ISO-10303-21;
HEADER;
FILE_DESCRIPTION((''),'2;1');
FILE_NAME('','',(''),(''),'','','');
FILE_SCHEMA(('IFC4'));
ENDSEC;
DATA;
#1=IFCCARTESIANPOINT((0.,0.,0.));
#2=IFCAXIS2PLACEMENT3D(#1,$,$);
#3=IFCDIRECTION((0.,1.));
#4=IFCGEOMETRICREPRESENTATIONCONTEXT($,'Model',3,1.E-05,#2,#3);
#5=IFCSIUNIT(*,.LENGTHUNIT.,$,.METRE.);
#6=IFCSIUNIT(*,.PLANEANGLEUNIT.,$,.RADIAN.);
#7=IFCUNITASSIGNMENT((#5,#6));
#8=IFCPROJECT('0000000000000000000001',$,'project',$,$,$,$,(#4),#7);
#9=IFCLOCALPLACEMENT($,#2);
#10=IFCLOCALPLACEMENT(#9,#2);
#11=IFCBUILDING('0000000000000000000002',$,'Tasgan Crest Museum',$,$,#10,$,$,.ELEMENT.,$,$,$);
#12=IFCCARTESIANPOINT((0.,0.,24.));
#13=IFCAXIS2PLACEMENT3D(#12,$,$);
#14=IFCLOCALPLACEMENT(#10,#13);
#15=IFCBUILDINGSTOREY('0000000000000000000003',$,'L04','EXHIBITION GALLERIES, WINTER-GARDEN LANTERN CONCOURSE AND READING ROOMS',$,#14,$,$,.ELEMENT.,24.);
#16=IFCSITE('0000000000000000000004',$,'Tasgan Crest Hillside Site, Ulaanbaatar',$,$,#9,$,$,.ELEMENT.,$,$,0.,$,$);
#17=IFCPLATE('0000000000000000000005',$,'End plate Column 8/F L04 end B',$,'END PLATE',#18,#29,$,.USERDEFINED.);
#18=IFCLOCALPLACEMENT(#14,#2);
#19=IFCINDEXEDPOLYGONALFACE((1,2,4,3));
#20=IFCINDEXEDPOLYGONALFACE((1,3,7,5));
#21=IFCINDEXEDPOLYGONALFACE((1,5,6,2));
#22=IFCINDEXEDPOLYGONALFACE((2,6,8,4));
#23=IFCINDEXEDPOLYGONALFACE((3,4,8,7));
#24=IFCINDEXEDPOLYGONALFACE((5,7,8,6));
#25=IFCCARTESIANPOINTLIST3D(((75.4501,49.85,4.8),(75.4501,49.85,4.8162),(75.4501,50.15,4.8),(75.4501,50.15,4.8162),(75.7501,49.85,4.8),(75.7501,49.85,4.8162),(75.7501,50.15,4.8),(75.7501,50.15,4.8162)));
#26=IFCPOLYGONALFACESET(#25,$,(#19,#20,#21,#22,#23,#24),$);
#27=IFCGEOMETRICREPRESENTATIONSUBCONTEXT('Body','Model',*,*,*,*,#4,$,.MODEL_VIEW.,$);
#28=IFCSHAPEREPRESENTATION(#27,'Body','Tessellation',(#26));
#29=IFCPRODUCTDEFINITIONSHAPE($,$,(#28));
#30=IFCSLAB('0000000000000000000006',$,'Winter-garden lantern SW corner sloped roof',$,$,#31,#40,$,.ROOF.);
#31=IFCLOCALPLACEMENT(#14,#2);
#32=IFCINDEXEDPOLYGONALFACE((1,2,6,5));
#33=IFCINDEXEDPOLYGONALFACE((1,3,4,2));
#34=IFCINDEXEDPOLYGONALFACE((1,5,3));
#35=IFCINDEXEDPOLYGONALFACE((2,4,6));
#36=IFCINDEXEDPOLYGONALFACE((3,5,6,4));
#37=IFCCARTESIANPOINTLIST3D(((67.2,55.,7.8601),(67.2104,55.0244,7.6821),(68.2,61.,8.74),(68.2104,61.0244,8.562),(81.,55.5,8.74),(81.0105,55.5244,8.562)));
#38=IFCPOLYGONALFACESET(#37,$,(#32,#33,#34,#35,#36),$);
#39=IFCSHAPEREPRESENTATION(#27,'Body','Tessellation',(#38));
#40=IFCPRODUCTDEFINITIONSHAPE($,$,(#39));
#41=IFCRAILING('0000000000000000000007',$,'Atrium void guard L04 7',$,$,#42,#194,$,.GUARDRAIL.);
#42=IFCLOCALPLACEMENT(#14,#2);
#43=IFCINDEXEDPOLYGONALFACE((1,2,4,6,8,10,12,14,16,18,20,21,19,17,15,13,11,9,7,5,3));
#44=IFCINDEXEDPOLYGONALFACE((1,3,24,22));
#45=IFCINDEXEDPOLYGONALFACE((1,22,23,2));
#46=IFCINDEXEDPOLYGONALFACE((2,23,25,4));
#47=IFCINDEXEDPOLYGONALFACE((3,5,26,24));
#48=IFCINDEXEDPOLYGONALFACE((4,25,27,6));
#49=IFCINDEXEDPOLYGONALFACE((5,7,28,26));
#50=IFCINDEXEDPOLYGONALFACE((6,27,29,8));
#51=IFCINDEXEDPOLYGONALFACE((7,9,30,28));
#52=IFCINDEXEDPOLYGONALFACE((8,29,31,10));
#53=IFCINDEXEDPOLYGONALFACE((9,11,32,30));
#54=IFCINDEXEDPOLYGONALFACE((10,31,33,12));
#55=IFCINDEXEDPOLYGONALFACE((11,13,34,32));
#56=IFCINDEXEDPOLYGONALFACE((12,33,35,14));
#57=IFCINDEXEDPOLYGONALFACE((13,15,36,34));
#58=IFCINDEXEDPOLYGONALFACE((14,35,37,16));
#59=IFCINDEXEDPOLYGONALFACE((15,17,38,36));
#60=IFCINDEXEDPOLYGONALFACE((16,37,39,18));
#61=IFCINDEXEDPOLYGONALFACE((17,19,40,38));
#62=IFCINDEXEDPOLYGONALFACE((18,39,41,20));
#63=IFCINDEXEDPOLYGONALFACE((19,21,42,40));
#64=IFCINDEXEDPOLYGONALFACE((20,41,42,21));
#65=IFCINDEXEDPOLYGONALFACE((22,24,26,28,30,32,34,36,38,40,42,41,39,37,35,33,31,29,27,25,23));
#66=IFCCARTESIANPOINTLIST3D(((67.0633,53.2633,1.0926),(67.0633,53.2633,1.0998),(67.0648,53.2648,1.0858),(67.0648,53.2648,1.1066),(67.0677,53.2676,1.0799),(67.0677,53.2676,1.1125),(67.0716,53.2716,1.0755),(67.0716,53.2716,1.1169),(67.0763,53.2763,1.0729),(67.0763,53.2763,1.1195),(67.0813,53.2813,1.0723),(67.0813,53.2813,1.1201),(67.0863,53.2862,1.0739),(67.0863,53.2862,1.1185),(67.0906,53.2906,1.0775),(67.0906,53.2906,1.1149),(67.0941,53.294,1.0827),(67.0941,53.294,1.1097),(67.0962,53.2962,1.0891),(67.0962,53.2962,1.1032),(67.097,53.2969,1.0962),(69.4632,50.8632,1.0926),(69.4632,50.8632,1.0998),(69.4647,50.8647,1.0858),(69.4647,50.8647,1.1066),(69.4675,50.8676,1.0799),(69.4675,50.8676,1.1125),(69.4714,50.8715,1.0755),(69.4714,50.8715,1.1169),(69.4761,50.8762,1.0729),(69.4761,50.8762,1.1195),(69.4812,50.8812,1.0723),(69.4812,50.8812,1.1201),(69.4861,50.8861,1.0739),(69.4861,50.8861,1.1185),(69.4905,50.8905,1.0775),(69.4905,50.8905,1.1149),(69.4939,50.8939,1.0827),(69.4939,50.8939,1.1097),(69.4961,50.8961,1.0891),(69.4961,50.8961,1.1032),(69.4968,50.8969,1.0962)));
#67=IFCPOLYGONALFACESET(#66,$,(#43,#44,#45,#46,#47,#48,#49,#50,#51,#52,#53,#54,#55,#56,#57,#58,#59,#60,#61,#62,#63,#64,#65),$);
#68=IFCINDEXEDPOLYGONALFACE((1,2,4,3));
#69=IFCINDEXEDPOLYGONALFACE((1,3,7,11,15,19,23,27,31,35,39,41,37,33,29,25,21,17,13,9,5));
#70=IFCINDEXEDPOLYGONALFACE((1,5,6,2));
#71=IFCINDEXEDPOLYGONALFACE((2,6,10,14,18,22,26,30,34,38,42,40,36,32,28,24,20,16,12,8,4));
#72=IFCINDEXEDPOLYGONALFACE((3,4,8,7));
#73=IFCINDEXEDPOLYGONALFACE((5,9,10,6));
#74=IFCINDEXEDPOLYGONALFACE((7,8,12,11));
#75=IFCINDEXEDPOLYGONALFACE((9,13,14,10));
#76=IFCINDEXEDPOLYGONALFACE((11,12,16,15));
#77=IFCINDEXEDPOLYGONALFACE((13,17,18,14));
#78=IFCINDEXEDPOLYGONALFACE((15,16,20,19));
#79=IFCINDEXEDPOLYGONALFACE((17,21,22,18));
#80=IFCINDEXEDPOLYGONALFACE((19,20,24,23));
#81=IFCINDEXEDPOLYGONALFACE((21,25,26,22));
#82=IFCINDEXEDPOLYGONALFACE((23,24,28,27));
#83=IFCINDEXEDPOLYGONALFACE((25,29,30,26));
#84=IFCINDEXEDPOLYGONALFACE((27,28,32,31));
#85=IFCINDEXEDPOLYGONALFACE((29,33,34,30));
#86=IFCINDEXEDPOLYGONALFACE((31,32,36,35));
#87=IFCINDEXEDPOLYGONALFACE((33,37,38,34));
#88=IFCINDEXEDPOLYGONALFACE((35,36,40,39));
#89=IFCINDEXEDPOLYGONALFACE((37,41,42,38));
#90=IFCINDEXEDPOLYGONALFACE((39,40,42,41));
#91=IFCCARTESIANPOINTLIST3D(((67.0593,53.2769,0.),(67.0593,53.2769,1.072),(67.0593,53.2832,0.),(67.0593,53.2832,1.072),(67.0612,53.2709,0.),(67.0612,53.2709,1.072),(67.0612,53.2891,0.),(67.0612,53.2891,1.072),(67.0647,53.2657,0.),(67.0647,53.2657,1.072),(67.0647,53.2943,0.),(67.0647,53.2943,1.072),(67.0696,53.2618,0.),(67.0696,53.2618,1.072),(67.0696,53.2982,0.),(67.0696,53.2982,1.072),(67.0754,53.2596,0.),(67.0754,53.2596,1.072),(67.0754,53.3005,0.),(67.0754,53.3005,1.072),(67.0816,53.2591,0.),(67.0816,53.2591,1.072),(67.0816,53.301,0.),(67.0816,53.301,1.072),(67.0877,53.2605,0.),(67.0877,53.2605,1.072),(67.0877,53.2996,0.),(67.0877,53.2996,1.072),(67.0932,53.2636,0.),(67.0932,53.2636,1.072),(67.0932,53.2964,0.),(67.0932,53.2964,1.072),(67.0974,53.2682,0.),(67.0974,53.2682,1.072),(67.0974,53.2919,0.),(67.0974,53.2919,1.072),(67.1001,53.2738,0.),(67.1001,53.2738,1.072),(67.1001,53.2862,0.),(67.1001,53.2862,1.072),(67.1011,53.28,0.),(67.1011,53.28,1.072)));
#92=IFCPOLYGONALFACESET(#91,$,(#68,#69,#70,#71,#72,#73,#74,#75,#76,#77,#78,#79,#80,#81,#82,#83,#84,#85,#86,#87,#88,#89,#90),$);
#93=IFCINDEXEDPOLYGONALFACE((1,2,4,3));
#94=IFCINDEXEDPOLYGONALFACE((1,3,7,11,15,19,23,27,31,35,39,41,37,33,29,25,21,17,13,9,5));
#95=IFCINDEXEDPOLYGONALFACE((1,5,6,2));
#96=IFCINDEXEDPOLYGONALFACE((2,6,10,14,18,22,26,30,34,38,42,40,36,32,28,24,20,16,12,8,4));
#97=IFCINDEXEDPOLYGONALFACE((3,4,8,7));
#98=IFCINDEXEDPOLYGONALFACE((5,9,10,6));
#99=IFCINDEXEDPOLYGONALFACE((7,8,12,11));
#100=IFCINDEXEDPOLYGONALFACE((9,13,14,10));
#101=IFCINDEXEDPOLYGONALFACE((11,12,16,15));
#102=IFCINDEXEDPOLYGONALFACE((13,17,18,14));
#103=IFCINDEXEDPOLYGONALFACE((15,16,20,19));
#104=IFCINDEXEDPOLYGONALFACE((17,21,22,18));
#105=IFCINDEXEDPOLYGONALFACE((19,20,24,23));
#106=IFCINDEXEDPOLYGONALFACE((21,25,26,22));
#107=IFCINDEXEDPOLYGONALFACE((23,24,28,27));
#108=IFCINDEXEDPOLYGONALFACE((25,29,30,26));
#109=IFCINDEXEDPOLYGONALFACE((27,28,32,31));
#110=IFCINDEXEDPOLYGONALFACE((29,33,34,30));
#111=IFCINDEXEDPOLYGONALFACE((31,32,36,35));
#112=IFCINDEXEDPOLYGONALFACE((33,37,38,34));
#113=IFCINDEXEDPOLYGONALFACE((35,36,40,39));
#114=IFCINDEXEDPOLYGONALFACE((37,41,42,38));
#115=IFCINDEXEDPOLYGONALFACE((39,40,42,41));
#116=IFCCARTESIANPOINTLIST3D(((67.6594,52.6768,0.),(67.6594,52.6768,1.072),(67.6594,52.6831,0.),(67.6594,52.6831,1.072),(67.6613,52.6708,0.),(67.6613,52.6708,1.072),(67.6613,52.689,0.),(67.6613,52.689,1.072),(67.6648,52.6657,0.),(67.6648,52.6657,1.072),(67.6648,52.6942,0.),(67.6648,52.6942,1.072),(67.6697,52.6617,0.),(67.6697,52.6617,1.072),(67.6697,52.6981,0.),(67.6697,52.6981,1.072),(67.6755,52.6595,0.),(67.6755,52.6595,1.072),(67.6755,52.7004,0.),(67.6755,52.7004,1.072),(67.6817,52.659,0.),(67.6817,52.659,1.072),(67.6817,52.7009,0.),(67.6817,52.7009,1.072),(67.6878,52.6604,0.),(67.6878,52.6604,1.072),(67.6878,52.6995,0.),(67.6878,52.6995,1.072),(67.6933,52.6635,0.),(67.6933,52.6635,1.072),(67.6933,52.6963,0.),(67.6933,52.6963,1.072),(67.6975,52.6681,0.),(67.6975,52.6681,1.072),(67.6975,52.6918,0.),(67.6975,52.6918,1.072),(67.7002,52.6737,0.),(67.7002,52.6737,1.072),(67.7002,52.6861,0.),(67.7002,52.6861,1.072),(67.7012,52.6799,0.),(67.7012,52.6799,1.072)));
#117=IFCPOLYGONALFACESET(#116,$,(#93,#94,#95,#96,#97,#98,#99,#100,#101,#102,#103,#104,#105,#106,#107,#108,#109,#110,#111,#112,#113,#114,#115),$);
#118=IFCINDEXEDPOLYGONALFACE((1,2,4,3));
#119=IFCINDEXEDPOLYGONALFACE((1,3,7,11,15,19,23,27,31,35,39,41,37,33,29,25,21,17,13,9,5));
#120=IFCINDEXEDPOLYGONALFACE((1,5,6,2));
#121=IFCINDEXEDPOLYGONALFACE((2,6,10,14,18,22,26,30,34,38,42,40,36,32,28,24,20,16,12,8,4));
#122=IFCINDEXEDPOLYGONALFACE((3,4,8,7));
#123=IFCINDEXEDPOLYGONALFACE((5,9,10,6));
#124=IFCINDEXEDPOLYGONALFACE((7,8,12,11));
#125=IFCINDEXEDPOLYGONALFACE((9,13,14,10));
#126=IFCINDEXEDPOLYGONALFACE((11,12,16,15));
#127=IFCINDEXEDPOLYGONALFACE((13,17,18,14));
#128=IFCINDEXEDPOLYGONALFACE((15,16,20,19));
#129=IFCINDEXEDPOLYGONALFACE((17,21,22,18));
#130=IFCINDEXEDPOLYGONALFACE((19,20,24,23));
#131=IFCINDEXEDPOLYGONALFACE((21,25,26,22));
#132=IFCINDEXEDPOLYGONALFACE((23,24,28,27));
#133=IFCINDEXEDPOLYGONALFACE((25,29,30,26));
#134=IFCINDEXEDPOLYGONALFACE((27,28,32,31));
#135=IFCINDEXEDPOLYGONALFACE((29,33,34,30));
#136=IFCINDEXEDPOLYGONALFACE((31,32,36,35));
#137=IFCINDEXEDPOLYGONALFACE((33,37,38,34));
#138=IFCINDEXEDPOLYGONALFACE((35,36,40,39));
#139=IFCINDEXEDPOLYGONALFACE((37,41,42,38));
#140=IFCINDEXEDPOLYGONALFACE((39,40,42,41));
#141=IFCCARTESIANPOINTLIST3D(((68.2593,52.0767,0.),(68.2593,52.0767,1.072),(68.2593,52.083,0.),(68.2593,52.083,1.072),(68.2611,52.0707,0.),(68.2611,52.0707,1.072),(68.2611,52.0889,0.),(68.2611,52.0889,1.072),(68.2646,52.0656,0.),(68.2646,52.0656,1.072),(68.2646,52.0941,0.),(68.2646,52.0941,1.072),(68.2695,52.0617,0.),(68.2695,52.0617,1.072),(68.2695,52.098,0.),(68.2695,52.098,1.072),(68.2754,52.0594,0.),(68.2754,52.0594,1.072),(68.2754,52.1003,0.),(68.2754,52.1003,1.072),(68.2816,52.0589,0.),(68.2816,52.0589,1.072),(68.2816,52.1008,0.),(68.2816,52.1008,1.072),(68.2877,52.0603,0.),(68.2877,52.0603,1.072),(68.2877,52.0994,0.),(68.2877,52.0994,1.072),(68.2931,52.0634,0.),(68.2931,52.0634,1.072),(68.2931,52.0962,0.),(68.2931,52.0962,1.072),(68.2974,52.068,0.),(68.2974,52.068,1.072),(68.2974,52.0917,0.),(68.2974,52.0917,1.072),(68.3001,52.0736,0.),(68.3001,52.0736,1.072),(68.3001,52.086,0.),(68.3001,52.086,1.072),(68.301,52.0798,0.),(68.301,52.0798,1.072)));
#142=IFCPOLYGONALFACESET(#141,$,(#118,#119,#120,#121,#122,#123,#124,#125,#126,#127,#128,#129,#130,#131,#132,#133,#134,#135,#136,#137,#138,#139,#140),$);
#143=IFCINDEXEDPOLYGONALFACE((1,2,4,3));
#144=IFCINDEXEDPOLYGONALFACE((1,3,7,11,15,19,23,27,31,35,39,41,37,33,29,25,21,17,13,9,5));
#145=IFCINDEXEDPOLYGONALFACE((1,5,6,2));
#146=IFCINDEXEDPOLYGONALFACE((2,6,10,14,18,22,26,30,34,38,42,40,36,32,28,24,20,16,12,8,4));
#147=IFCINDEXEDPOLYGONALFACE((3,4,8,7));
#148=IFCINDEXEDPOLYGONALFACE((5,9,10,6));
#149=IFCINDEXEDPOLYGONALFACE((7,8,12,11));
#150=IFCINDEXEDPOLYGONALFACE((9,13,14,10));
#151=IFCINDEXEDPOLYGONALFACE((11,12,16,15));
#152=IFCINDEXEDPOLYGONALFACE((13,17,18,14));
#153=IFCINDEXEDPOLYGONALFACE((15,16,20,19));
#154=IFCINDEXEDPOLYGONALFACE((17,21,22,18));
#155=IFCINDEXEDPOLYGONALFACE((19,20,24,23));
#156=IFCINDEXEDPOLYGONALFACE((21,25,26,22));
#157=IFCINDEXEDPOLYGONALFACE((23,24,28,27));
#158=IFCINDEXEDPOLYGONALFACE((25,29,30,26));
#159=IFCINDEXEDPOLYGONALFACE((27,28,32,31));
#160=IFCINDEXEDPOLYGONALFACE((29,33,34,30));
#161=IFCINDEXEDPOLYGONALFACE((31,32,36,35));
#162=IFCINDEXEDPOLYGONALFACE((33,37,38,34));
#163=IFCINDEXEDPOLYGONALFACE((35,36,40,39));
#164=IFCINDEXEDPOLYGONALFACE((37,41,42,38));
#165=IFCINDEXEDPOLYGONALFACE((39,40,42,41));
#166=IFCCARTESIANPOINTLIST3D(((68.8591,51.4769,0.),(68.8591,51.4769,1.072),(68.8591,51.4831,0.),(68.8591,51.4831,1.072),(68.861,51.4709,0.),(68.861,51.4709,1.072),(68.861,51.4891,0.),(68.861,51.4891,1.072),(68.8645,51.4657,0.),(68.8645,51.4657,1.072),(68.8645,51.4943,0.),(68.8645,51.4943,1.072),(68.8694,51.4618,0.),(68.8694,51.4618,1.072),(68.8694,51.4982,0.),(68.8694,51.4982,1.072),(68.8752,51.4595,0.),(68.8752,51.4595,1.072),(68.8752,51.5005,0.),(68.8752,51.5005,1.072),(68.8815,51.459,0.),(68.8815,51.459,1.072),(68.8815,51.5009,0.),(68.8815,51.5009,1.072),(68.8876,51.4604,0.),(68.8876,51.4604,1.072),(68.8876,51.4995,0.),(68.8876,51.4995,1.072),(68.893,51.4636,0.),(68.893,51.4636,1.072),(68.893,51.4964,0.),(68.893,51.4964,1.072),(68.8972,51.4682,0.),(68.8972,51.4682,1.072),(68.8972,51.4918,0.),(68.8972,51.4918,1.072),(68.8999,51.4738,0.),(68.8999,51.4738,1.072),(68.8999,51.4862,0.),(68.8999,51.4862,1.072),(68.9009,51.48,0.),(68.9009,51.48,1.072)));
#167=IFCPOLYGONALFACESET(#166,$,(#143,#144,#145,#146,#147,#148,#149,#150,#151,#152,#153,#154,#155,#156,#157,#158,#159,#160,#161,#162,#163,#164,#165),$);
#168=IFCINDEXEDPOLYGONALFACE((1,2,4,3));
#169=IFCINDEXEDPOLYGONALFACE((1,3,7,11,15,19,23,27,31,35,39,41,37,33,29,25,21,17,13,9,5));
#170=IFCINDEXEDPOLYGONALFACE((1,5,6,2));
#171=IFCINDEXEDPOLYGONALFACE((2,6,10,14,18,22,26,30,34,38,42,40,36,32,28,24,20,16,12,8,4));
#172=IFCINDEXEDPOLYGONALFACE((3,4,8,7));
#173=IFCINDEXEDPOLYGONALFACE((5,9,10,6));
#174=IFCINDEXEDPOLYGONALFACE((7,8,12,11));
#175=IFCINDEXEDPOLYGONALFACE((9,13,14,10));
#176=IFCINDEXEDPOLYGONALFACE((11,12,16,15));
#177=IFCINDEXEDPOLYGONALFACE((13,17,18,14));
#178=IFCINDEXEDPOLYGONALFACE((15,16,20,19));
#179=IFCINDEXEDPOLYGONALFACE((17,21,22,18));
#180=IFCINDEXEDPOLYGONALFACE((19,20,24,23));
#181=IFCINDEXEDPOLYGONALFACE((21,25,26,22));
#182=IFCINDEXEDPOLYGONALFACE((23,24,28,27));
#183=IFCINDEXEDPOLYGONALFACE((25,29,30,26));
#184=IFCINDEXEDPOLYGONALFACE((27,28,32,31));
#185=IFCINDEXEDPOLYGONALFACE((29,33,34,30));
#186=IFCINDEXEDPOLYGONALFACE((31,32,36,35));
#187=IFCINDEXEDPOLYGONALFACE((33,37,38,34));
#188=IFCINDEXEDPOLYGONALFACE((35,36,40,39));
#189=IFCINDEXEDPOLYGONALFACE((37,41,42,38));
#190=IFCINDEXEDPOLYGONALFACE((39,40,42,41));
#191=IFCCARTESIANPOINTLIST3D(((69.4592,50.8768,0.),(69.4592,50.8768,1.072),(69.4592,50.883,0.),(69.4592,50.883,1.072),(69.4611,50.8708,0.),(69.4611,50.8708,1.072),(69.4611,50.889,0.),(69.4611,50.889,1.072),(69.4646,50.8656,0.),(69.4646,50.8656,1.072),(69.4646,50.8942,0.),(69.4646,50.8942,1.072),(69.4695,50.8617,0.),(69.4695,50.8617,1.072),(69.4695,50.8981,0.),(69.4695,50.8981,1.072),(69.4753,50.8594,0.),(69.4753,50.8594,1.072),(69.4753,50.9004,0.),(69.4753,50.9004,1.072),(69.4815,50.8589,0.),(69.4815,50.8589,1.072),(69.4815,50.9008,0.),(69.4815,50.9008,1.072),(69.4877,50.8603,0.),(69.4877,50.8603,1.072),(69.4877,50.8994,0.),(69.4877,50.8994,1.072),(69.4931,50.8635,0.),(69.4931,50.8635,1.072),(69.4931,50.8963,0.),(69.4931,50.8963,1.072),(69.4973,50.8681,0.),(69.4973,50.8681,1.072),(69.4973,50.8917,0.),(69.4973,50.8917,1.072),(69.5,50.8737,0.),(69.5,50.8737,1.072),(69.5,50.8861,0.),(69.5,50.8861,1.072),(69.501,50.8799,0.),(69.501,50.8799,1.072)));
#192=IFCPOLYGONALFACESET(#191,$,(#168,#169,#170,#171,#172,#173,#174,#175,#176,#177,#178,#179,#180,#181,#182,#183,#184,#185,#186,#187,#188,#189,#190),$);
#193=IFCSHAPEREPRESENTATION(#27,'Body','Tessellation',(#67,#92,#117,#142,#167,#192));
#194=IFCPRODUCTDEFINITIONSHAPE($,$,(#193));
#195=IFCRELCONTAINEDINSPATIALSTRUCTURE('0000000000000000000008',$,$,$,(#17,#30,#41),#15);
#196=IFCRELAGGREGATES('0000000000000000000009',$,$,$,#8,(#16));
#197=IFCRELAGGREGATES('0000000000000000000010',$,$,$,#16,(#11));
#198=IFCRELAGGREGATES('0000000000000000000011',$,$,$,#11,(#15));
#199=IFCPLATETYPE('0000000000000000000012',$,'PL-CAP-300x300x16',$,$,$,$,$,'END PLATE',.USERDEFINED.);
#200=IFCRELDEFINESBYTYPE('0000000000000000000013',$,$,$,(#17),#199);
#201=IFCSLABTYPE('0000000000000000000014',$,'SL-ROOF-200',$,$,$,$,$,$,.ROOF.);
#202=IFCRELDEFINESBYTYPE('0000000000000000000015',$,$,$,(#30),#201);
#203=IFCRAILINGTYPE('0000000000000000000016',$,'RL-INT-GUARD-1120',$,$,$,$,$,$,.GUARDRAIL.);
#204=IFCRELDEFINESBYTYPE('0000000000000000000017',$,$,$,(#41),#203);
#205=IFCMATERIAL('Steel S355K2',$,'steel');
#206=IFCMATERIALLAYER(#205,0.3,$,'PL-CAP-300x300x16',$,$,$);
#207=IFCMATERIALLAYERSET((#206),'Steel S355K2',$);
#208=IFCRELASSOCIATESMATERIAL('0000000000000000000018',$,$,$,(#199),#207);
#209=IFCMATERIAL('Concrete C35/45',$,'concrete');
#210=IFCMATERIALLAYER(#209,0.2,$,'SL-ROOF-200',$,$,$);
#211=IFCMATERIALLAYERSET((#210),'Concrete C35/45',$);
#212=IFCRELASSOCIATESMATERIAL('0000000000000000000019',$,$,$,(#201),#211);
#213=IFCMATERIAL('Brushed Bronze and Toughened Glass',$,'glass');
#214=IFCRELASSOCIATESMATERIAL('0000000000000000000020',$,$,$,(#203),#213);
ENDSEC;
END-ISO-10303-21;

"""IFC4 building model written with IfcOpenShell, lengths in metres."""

from ifc_helpers import new_model, si_unit, direction, frame, origin, origin_2d, place, context, subcontext, project, spatial, polyline, rectangle, circle, outline, extrude, material, layer, layer_set, type_object, element, save


model = new_model("IFC4")

# Units and contexts
model_context = context("Model", 3, precision=1e-05, world=origin(), true_north=direction((0.0, 1.0)))
body_context = subcontext(model_context, "Body", "Model", "MODEL_VIEW")
ifc_project = project(units=[si_unit("LENGTHUNIT", "METRE"), si_unit("PLANEANGLEUNIT", "RADIAN")], contexts=[model_context])

# Site, building, storey
site_placement = place(None, origin())
site = spatial("IfcSite", under=ifc_project, at=site_placement, Name="Tasgan Crest Hillside Site, Ulaanbaatar", CompositionType="ELEMENT", RefElevation=0.0)
building_placement = place(site_placement, origin())
building = spatial("IfcBuilding", under=site, at=building_placement, Name="Tasgan Crest Museum", CompositionType="ELEMENT")
storey_placement = place(building_placement, frame((0.0, 0.0, 24.0)))
storey = spatial("IfcBuildingStorey", under=building, at=storey_placement, Name="L04", Description="EXHIBITION GALLERIES, WINTER-GARDEN LANTERN CONCOURSE AND READING ROOMS", CompositionType="ELEMENT", Elevation=24.0)

# Plate
ifc_material_1 = material(Name="Steel S355K2", Category="steel")
ifc_layer_1 = layer(ifc_material_1, 0.3, Name="PL-CAP-300x300x16")
ifc_layer_set_1 = layer_set([ifc_layer_1], Name="Steel S355K2")
plate_type_1 = type_object("IfcPlateType", Name="PL-CAP-300x300x16", ElementType="END PLATE", PredefinedType="USERDEFINED", material=ifc_layer_set_1)
plate_1_placement = place(storey_placement, frame((75.6001, 50.0, 4.8), z_axis=(0.0, 0.0, 1.0), x_axis=(1.0, 0.0, 0.0)))
element("IfcPlate", 1, at=plate_1_placement, inside=storey, type_object=plate_type_1, Name="End plate Column 8/F L04 end B", ObjectType="END PLATE", PredefinedType="USERDEFINED", context=body_context, shape_type="SweptSolid", body=[
    extrude(rectangle(XDim=0.3, YDim=0.3, at=origin_2d()), origin(), (0.0, 0.0, 1.0), 0.0161),
])

# Slab
ifc_material_2 = material(Name="Concrete C35/45", Category="concrete")
ifc_layer_2 = layer(ifc_material_2, 0.2, Name="SL-ROOF-200")
ifc_layer_set_2 = layer_set([ifc_layer_2], Name="Concrete C35/45")
slab_type = type_object("IfcSlabType", Name="SL-ROOF-200", PredefinedType="ROOF", material=ifc_layer_set_2)
slab_placement = place(storey_placement, frame((67.2, 55.0, 7.8601), z_axis=(-0.05816, -0.135354, 0.989089), x_axis=(0.997322, 0.036135, 0.063589)))
element("IfcSlab", 2, at=slab_placement, inside=storey, type_object=slab_type, Name="Winter-garden lantern SW corner sloped roof", PredefinedType="ROOF", context=body_context, shape_type="SweptSolid", body=[
    extrude(outline(polyline([(0.0, 0.0), (13.8371, 0.0), (1.2701, 6.0134), (0.0, 0.0)])), origin(), (0.0, 0.0, -1.0), 0.1799),
])

# Railing
ifc_material_3 = material(Name="Brushed Bronze and Toughened Glass", Category="glass")
railing_type = type_object("IfcRailingType", Name="RL-INT-GUARD-1120", PredefinedType="GUARDRAIL", material=ifc_material_3)
railing_1_placement = place(storey_placement, frame((67.0801, 53.28, 0.0)))
element("IfcRailing", 3, at=railing_1_placement, inside=storey, type_object=railing_type, Name="Atrium void guard L04 7", PredefinedType="GUARDRAIL", context=body_context, shape_type="SweptSolid", body=[
    extrude(circle(Radius=0.0239, at=origin_2d()), frame((0.0, 0.0, 1.0962), z_axis=(0.707071, -0.707143, 0.0), x_axis=(0.707143, 0.707071, 0.0)), (0.0, 0.0, 1.0), 3.394),
    extrude(circle(Radius=0.021, at=origin_2d()), origin(), (0.0, 0.0, 1.0), 1.072),
    extrude(circle(Radius=0.021, at=origin_2d()), frame((0.6001, -0.6001, 0.0)), (0.0, 0.0, 1.0), 1.072),
    extrude(circle(Radius=0.021, at=origin_2d()), frame((1.2, -1.2002, 0.0)), (0.0, 0.0, 1.0), 1.072),
    extrude(circle(Radius=0.021, at=origin_2d()), frame((1.7998, -1.8, 0.0)), (0.0, 0.0, 1.0), 1.072),
    extrude(circle(Radius=0.021, at=origin_2d()), frame((2.3999, -2.4001, 0.0)), (0.0, 0.0, 1.0), 1.072),
])

save(model, "model.ifc")
